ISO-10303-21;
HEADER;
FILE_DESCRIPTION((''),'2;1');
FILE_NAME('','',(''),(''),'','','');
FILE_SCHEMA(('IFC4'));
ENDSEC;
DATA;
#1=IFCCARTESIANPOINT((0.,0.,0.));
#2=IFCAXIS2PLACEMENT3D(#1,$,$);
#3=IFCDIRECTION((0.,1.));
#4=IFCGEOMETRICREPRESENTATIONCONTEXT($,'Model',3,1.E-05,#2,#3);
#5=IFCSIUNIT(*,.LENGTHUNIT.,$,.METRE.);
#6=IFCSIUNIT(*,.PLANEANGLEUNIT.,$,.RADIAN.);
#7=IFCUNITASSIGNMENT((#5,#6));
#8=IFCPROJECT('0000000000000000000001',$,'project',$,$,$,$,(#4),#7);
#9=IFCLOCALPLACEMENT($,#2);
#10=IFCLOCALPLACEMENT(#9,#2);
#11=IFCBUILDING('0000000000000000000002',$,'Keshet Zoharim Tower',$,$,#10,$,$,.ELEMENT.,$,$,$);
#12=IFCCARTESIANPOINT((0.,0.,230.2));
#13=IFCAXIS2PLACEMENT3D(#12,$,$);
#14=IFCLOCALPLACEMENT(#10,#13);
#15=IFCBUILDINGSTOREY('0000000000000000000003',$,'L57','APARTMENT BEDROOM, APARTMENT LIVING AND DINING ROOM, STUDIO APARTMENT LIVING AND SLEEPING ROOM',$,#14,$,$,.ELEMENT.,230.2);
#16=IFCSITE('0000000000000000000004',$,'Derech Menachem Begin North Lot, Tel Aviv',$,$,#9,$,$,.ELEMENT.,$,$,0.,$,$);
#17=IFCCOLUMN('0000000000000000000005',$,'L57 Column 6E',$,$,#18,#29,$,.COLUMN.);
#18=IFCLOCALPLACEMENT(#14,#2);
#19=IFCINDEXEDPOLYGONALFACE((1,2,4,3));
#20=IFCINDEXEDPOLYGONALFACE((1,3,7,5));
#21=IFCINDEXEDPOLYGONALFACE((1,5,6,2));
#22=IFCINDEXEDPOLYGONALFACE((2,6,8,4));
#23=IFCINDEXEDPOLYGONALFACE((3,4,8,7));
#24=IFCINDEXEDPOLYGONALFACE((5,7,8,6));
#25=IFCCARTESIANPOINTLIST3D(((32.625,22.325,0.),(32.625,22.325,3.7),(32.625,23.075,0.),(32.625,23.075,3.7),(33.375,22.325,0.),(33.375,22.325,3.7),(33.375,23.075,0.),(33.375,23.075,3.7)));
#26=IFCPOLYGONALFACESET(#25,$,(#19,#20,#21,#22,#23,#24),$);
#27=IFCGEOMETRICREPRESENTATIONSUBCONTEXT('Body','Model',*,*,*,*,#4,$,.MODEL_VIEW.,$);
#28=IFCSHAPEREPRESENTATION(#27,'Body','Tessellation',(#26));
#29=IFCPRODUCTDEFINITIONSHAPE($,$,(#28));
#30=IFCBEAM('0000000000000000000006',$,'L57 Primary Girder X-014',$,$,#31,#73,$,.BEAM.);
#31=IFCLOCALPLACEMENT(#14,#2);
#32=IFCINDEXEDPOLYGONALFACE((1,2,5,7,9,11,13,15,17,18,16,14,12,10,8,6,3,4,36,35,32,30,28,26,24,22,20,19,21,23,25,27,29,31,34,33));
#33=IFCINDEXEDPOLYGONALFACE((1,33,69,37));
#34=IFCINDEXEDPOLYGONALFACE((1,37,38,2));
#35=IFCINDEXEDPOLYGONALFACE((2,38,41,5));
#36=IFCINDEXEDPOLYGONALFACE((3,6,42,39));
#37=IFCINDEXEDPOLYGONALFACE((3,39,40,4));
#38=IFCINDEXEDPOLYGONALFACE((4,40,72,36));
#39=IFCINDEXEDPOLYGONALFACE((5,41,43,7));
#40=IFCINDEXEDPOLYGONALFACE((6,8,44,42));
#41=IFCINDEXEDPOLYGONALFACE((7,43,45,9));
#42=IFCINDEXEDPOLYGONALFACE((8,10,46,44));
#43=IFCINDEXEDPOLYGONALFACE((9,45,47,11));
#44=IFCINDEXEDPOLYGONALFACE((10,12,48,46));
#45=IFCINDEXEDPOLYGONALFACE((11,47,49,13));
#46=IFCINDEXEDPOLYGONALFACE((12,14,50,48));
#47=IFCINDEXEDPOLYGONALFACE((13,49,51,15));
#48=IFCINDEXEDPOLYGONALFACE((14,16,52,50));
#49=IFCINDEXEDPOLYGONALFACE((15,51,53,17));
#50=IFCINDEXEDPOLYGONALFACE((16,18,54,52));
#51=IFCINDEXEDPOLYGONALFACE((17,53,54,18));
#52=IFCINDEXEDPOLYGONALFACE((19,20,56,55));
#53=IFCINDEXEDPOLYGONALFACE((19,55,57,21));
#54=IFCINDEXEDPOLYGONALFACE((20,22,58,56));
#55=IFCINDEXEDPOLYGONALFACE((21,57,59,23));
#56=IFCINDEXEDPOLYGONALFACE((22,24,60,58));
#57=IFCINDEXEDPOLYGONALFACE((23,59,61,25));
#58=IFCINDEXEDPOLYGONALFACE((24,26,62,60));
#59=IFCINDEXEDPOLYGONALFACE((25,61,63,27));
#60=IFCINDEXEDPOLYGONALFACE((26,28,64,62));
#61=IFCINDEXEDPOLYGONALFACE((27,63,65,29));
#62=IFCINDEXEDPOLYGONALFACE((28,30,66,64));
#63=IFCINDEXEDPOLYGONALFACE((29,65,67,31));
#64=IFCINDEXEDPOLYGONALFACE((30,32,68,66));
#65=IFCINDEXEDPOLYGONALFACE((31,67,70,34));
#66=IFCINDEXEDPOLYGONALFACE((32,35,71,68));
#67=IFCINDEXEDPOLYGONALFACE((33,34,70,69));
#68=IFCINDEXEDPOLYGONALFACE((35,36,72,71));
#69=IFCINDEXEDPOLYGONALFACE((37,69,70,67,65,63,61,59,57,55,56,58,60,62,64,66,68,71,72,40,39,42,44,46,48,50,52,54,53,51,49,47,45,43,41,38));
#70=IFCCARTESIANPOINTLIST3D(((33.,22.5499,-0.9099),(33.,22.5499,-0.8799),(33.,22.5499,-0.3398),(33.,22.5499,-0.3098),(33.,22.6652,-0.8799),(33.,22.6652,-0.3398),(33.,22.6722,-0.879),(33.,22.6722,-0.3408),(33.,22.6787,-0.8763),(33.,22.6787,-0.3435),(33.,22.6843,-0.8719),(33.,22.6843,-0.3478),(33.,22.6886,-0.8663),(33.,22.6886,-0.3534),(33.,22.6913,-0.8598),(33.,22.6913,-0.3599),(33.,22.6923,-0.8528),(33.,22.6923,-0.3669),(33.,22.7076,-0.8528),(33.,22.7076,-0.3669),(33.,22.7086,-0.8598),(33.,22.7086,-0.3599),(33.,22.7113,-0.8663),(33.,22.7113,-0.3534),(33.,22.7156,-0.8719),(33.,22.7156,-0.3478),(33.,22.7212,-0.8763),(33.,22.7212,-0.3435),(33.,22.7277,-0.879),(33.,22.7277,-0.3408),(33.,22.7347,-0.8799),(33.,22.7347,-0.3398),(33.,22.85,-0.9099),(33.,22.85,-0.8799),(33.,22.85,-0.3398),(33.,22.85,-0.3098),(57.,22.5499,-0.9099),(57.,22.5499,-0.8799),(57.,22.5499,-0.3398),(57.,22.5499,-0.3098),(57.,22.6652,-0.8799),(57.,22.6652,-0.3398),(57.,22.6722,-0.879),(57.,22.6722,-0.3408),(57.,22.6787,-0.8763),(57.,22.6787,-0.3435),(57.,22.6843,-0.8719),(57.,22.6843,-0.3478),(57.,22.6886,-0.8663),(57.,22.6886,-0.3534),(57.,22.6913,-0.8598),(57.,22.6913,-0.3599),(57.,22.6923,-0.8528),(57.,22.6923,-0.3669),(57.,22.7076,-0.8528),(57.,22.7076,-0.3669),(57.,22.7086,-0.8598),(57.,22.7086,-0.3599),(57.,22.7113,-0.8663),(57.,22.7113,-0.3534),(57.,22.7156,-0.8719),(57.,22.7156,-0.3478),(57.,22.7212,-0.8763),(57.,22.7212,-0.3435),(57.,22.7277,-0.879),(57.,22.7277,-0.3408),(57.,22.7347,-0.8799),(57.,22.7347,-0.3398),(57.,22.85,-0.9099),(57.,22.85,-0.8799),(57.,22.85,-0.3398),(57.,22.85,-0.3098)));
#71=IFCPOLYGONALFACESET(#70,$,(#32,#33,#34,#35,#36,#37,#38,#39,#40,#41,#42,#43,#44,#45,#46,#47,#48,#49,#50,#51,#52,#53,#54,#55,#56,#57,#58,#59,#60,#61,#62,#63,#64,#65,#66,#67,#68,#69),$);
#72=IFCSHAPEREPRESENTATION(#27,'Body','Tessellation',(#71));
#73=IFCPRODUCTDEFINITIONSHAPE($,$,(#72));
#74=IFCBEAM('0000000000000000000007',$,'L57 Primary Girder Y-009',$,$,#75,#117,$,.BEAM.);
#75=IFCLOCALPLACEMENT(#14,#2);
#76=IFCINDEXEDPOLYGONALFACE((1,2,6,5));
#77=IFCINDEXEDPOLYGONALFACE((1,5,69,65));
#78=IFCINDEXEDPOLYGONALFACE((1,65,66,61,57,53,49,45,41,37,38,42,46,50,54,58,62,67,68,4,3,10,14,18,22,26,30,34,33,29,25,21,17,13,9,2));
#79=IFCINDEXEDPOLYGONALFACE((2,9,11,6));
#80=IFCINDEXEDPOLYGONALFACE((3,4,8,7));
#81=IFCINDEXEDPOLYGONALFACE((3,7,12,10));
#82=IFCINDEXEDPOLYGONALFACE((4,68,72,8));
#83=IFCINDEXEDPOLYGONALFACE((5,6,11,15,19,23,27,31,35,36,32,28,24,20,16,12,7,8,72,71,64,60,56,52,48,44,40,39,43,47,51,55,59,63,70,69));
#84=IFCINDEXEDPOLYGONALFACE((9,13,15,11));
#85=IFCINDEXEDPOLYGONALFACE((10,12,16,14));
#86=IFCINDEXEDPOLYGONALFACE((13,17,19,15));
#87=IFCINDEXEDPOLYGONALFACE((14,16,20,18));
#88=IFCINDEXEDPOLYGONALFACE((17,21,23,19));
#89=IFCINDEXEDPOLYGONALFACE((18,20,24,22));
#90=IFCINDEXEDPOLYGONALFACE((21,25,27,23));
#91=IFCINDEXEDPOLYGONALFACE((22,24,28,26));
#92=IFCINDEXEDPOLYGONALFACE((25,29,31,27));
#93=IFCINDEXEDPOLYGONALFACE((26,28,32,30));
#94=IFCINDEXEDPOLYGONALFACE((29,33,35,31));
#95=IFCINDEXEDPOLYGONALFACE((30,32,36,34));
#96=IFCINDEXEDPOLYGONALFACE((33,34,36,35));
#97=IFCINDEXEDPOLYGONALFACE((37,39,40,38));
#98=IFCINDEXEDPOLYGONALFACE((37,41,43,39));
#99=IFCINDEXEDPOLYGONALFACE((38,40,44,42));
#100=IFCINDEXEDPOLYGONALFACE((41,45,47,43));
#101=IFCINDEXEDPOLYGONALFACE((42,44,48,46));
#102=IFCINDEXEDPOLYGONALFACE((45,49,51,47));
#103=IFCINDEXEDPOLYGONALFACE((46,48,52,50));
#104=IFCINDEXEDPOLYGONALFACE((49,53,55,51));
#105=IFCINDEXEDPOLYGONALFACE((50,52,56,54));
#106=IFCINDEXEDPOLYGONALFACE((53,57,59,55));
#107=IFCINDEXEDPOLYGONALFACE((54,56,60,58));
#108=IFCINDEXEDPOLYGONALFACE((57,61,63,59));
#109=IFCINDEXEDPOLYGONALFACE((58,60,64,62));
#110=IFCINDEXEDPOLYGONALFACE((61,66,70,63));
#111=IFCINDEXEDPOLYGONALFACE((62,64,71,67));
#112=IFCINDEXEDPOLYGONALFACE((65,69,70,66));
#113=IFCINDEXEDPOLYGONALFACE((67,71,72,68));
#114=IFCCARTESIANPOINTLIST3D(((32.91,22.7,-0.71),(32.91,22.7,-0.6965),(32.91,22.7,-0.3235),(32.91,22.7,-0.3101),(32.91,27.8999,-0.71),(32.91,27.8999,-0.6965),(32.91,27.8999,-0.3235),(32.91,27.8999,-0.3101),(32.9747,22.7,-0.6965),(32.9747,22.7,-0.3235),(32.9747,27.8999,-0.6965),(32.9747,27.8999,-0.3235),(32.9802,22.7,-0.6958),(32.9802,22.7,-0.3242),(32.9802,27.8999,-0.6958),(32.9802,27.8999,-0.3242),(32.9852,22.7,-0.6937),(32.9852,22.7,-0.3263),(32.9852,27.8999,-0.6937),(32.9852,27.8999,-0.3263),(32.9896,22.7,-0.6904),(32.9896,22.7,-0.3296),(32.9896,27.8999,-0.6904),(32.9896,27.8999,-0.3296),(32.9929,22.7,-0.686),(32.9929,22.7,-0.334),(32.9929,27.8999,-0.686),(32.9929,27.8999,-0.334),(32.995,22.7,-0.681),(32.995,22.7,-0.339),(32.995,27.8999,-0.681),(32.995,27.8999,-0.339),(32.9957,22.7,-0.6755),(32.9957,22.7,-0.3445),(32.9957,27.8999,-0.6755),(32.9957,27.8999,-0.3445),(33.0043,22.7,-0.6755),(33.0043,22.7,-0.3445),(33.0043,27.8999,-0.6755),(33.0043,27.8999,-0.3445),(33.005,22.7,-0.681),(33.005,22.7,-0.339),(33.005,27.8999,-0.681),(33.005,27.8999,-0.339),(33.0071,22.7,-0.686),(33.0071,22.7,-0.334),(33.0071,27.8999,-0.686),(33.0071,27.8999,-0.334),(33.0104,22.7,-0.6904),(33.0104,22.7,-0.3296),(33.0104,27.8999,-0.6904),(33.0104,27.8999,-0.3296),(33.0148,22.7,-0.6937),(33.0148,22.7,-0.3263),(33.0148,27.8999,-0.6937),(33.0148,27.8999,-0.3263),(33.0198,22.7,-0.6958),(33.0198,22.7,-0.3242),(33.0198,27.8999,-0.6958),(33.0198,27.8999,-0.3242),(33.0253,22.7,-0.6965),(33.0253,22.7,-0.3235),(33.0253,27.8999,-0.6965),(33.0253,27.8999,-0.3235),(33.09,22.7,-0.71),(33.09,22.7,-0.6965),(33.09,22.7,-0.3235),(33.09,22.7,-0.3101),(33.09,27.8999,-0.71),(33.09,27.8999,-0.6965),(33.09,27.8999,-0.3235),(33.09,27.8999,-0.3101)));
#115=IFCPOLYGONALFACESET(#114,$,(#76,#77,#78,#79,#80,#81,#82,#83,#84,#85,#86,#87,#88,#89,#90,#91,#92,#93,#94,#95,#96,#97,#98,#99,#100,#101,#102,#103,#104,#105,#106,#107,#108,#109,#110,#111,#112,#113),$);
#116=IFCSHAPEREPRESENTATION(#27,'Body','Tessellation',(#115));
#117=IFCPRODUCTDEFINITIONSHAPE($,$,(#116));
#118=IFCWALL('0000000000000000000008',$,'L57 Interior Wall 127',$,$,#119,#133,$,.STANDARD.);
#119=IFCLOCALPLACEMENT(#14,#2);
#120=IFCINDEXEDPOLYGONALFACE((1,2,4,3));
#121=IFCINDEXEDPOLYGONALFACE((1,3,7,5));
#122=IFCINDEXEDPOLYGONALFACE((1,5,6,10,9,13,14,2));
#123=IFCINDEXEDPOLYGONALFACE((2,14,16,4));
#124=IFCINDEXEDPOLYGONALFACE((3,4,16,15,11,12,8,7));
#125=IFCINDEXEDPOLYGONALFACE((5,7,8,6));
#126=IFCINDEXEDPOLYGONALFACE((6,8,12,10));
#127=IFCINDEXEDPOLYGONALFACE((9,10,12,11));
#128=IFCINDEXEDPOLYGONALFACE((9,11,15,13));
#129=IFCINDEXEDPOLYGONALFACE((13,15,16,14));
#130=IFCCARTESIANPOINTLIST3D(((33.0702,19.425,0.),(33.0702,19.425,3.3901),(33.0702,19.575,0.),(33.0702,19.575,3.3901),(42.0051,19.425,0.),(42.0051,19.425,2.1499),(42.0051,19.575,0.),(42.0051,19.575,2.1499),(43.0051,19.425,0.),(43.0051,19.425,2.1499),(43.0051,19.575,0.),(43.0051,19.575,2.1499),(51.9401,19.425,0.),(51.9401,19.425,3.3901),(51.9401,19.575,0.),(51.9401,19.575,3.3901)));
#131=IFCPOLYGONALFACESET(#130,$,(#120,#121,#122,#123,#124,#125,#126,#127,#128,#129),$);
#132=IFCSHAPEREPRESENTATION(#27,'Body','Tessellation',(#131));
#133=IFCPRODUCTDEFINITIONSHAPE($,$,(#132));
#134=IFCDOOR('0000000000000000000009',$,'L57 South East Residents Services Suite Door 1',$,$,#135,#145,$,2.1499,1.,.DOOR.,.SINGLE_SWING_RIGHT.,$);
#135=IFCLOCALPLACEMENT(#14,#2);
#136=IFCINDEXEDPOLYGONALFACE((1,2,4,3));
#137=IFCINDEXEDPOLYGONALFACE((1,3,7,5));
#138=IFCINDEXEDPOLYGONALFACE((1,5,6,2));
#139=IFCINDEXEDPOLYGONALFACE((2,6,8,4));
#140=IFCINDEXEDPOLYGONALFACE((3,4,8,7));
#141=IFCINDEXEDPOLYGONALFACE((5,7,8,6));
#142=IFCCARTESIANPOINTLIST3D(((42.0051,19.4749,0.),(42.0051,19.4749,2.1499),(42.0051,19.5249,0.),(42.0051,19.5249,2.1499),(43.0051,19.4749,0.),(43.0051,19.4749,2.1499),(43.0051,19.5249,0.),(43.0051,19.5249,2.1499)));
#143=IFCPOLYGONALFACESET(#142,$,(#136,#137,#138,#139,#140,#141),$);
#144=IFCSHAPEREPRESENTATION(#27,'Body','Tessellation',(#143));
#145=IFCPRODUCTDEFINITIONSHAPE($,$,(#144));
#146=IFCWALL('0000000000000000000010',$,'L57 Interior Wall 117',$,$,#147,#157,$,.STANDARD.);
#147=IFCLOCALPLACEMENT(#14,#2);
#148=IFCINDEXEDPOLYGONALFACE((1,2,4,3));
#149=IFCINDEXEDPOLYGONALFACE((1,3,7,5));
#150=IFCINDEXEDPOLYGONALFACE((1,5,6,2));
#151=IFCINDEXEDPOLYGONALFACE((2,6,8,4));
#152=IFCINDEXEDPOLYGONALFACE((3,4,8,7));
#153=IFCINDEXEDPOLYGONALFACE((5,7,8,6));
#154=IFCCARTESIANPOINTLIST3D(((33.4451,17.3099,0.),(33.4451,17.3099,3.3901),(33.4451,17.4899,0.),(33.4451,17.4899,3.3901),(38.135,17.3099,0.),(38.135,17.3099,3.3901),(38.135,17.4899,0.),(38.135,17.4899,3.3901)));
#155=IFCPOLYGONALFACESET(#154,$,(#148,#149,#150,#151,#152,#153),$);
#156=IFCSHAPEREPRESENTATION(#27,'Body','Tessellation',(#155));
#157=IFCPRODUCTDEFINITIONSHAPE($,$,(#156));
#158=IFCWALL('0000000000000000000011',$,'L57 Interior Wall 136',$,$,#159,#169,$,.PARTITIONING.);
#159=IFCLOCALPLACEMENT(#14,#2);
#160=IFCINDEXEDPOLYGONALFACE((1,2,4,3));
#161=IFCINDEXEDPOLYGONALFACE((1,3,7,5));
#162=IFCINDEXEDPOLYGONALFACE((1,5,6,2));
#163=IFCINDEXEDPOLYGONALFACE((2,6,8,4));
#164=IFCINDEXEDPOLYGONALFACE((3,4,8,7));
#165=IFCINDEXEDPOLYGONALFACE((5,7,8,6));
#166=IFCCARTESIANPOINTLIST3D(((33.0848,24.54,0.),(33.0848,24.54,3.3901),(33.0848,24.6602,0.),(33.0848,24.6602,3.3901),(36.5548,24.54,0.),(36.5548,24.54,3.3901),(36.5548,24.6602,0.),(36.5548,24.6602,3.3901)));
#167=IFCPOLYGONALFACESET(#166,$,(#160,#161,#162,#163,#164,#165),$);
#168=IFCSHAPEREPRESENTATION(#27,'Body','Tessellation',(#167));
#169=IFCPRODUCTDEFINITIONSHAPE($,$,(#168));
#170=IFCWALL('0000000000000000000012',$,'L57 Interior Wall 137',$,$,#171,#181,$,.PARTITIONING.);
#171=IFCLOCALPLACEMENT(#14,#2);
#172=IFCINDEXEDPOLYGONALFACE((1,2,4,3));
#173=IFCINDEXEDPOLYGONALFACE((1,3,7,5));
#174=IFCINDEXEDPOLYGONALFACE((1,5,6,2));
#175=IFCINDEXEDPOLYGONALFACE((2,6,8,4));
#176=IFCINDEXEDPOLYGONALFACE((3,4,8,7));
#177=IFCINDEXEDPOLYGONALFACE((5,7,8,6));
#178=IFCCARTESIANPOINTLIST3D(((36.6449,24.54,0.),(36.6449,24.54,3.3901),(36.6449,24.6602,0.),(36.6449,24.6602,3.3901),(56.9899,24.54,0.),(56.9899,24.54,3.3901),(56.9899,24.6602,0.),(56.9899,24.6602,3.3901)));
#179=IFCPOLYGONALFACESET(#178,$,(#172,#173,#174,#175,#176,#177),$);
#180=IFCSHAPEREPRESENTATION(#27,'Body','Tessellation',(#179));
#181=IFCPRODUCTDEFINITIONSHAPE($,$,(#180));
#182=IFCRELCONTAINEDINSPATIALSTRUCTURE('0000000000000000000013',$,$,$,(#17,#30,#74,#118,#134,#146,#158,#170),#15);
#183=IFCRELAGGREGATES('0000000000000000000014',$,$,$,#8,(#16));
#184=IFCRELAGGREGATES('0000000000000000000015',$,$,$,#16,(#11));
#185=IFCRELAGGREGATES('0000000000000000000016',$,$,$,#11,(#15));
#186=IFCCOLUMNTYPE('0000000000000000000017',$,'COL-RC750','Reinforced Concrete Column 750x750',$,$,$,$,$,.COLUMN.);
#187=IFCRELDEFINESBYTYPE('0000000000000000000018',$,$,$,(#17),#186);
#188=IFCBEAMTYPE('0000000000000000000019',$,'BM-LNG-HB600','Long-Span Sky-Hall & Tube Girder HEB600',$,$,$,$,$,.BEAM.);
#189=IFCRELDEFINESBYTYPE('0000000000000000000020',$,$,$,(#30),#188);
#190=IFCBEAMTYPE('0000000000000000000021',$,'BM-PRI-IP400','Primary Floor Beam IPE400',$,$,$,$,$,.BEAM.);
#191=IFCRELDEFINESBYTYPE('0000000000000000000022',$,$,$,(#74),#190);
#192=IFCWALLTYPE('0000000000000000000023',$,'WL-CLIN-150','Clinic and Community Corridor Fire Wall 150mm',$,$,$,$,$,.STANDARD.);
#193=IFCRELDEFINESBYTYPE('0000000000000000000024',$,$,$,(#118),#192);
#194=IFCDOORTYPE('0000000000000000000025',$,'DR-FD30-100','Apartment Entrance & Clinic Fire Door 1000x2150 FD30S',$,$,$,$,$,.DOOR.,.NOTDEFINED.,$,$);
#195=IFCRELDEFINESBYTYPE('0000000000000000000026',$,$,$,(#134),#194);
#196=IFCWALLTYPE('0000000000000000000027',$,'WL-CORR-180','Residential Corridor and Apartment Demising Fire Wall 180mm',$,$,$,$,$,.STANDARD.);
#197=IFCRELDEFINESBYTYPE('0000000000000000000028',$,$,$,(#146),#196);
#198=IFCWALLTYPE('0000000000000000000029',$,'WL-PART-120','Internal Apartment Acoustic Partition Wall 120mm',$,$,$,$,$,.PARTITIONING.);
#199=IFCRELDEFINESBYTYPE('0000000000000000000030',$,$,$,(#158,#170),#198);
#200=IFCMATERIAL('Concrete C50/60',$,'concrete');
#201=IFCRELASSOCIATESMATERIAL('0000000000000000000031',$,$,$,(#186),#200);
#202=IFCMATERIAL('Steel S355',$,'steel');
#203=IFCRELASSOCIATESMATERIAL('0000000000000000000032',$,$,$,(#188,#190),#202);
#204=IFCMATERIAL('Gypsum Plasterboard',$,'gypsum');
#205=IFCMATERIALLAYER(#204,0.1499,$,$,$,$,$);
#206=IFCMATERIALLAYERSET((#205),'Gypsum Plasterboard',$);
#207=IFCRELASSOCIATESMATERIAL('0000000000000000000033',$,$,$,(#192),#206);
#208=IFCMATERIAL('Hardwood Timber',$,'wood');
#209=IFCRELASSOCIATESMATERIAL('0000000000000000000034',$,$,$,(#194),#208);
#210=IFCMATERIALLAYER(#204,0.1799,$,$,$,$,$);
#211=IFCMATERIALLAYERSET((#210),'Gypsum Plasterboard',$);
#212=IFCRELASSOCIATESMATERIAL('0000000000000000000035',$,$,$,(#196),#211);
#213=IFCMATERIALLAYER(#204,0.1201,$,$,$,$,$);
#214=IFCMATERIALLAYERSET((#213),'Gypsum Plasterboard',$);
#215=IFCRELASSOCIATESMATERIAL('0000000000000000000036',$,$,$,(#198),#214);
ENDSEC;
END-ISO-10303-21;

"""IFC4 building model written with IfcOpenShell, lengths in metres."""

from ifc_helpers import new_model, si_unit, direction, frame, frame_2d, origin, origin_2d, place, context, subcontext, project, spatial, rectangle, i_section, extrude, material, layer, layer_set, material_profile, profile_set, type_object, element, fill, save


model = new_model("IFC4")

# Units and contexts
model_context = context("Model", 3, precision=1e-05, world=origin(), true_north=direction((0.0, 1.0)))
body_context = subcontext(model_context, "Body", "Model", "MODEL_VIEW")
ifc_project = project(units=[si_unit("LENGTHUNIT", "METRE"), si_unit("PLANEANGLEUNIT", "RADIAN")], contexts=[model_context])

# Site, building, storey
site_placement = place(None, origin())
site = spatial("IfcSite", under=ifc_project, at=site_placement, Name="Derech Menachem Begin North Lot, Tel Aviv", CompositionType="ELEMENT", RefElevation=0.0)
building_placement = place(site_placement, origin())
building = spatial("IfcBuilding", under=site, at=building_placement, Name="Keshet Zoharim Tower", CompositionType="ELEMENT")
storey_placement = place(building_placement, frame((0.0, 0.0, 230.2)))
storey = spatial("IfcBuildingStorey", under=building, at=storey_placement, Name="L57", Description="APARTMENT BEDROOM, APARTMENT LIVING AND DINING ROOM, STUDIO APARTMENT LIVING AND SLEEPING ROOM", CompositionType="ELEMENT", Elevation=230.2)

# Column
ifc_material_1 = material(Name="Concrete C50/60", Category="concrete")
ifc_material_profile_1 = material_profile(ifc_material_1, rectangle(XDim=0.75, YDim=0.75, at=origin_2d()), Name="RC750x750")
ifc_profile_set_1 = profile_set([ifc_material_profile_1], Name="Concrete C50/60")
column_type = type_object("IfcColumnType", Name="COL-RC750", Description="Reinforced Concrete Column 750x750", PredefinedType="COLUMN", material=ifc_profile_set_1)
column_placement = place(storey_placement, frame((33.0, 22.7, 0.0), z_axis=(0.0, 0.0, 1.0), x_axis=(1.0, 0.0, 0.0)))
element("IfcColumn", 1, at=column_placement, inside=storey, type_object=column_type, Name="L57 Column 6E", PredefinedType="COLUMN", context=body_context, shape_type="SweptSolid", body=[
    extrude(rectangle(XDim=0.75, YDim=0.75, at=origin_2d()), origin(), (0.0, 0.0, 1.0), 3.7),
])

# Beams
ifc_material_2 = material(Name="Steel S355", Category="steel")
ifc_material_profile_2 = material_profile(ifc_material_2, i_section(OverallWidth=0.3, OverallDepth=0.6001, WebThickness=0.0154, FlangeThickness=0.03, FilletRadius=0.0271, at=origin_2d()), Name="HEB600")
ifc_profile_set_2 = profile_set([ifc_material_profile_2], Name="Steel S355")
beam_type_1 = type_object("IfcBeamType", Name="BM-LNG-HB600", Description="Long-Span Sky-Hall & Tube Girder HEB600", PredefinedType="BEAM", material=ifc_profile_set_2)
beam_1_placement = place(storey_placement, frame((33.0, 22.7, -0.6099), z_axis=(1.0, 0.0, 0.0), x_axis=(0.0, 1.0, 0.0)))
element("IfcBeam", 2, at=beam_1_placement, inside=storey, type_object=beam_type_1, Name="L57 Primary Girder X-014", PredefinedType="BEAM", context=body_context, shape_type="SweptSolid", body=[
    extrude(i_section(OverallWidth=0.3, OverallDepth=0.6001, WebThickness=0.0154, FlangeThickness=0.03, FilletRadius=0.0271, at=origin_2d()), origin(), (0.0, 0.0, 1.0), 24.0),
])
ifc_material_profile_3 = material_profile(ifc_material_2, i_section(OverallWidth=0.1799, OverallDepth=0.3999, WebThickness=0.0085, FlangeThickness=0.0134, FilletRadius=0.021, at=origin_2d()), Name="IPE400")
ifc_profile_set_3 = profile_set([ifc_material_profile_3], Name="Steel S355")
beam_type_2 = type_object("IfcBeamType", Name="BM-PRI-IP400", Description="Primary Floor Beam IPE400", PredefinedType="BEAM", material=ifc_profile_set_3)
beam_2_placement = place(storey_placement, frame((33.0, 22.7, -0.51), z_axis=(0.0, 1.0, 0.0), x_axis=(-1.0, 0.0, 0.0)))
element("IfcBeam", 3, at=beam_2_placement, inside=storey, type_object=beam_type_2, Name="L57 Primary Girder Y-009", PredefinedType="BEAM", context=body_context, shape_type="SweptSolid", body=[
    extrude(i_section(OverallWidth=0.1799, OverallDepth=0.3999, WebThickness=0.0085, FlangeThickness=0.0134, FilletRadius=0.021, at=origin_2d()), origin(), (0.0, 0.0, 1.0), 5.2),
])

# Wall, opening, door
ifc_material_3 = material(Name="Gypsum Plasterboard", Category="gypsum")
ifc_layer_1 = layer(ifc_material_3, 0.1499)
ifc_layer_set_1 = layer_set([ifc_layer_1], Name="Gypsum Plasterboard")
wall_type_1 = type_object("IfcWallType", Name="WL-CLIN-150", Description="Clinic and Community Corridor Fire Wall 150mm", PredefinedType="STANDARD", material=ifc_layer_set_1)
wall_1_placement = place(storey_placement, frame((33.0701, 19.5, 0.0), z_axis=(0.0, 0.0, 1.0), x_axis=(1.0, 0.0, 0.0)))
wall_1 = element("IfcWall", 4, at=wall_1_placement, inside=storey, type_object=wall_type_1, Name="L57 Interior Wall 127", PredefinedType="STANDARD", context=body_context, shape_type="SweptSolid", body=[
    extrude(rectangle(XDim=18.8699, YDim=0.1499, at=frame_2d((9.4351, 0.0))), origin(), (0.0, 0.0, 1.0), 3.3901),
])
opening_1_placement = place(wall_1_placement, frame((8.9351, 0.0, 0.0)))
opening_1 = element("IfcOpeningElement", 5, at=opening_1_placement, cuts=wall_1, PredefinedType="OPENING", context=body_context, shape_type="SweptSolid", body=[
    extrude(rectangle(XDim=1.0, YDim=2.1499, at=frame_2d((0.5, 1.075))), frame((0.0, 0.085, 0.0), z_axis=(0.0, -1.0, 0.0), x_axis=(1.0, 0.0, 0.0)), (0.0, 0.0, 1.0), 0.1699),
])
ifc_material_4 = material(Name="Hardwood Timber", Category="wood")
door_type_1 = type_object("IfcDoorType", Name="DR-FD30-100", Description="Apartment Entrance & Clinic Fire Door 1000x2150 FD30S", OperationType="NOTDEFINED", PredefinedType="DOOR", material=ifc_material_4)
door_1_placement = place(opening_1_placement, origin())
door_1 = element("IfcDoor", 6, at=door_1_placement, inside=storey, type_object=door_type_1, Name="L57 South East Residents Services Suite Door 1", OperationType="SINGLE_SWING_RIGHT", OverallHeight=2.1499, OverallWidth=1.0, PredefinedType="DOOR", context=body_context, shape_type="SweptSolid", body=[
    extrude(rectangle(XDim=1.0, YDim=2.1499, at=frame_2d((0.5, 1.075))), frame((0.0, 0.0249, 0.0), z_axis=(0.0, -1.0, 0.0), x_axis=(1.0, 0.0, 0.0)), (0.0, 0.0, 1.0), 0.05),
])
fill(opening_1, door_1)
ifc_layer_2 = layer(ifc_material_3, 0.1799)
ifc_layer_set_2 = layer_set([ifc_layer_2], Name="Gypsum Plasterboard")
wall_type_2 = type_object("IfcWallType", Name="WL-CORR-180", Description="Residential Corridor and Apartment Demising Fire Wall 180mm", PredefinedType="STANDARD", material=ifc_layer_set_2)

# Wall
wall_2_placement = place(storey_placement, frame((33.4451, 17.3999, 0.0), z_axis=(0.0, 0.0, 1.0), x_axis=(1.0, 0.0, 0.0)))
element("IfcWall", 7, at=wall_2_placement, inside=storey, type_object=wall_type_2, Name="L57 Interior Wall 117", PredefinedType="STANDARD", context=body_context, shape_type="SweptSolid", body=[
    extrude(rectangle(XDim=4.6899, YDim=0.1799, at=frame_2d((2.345, 0.0))), origin(), (0.0, 0.0, 1.0), 3.3901),
])

# Shared definitions
ifc_layer_3 = layer(ifc_material_3, 0.1201)
ifc_layer_set_3 = layer_set([ifc_layer_3], Name="Gypsum Plasterboard")
wall_type_3 = type_object("IfcWallType", Name="WL-PART-120", Description="Internal Apartment Acoustic Partition Wall 120mm", PredefinedType="PARTITIONING", material=ifc_layer_set_3)

# Walls
wall_3_placement = place(storey_placement, frame((33.085, 24.6001, 0.0), z_axis=(0.0, 0.0, 1.0), x_axis=(1.0, 0.0, 0.0)))
element("IfcWall", 8, at=wall_3_placement, inside=storey, type_object=wall_type_3, Name="L57 Interior Wall 136", PredefinedType="PARTITIONING", context=body_context, shape_type="SweptSolid", body=[
    extrude(rectangle(XDim=3.47, YDim=0.1201, at=frame_2d((1.7349, 0.0))), origin(), (0.0, 0.0, 1.0), 3.3901),
])
wall_4_placement = place(storey_placement, frame((36.645, 24.6001, 0.0), z_axis=(0.0, 0.0, 1.0), x_axis=(1.0, 0.0, 0.0)))
element("IfcWall", 9, at=wall_4_placement, inside=storey, type_object=wall_type_3, Name="L57 Interior Wall 137", PredefinedType="PARTITIONING", context=body_context, shape_type="SweptSolid", body=[
    extrude(rectangle(XDim=20.345, YDim=0.1201, at=frame_2d((10.1724, 0.0))), origin(), (0.0, 0.0, 1.0), 3.3901),
])

save(model, "model.ifc")
